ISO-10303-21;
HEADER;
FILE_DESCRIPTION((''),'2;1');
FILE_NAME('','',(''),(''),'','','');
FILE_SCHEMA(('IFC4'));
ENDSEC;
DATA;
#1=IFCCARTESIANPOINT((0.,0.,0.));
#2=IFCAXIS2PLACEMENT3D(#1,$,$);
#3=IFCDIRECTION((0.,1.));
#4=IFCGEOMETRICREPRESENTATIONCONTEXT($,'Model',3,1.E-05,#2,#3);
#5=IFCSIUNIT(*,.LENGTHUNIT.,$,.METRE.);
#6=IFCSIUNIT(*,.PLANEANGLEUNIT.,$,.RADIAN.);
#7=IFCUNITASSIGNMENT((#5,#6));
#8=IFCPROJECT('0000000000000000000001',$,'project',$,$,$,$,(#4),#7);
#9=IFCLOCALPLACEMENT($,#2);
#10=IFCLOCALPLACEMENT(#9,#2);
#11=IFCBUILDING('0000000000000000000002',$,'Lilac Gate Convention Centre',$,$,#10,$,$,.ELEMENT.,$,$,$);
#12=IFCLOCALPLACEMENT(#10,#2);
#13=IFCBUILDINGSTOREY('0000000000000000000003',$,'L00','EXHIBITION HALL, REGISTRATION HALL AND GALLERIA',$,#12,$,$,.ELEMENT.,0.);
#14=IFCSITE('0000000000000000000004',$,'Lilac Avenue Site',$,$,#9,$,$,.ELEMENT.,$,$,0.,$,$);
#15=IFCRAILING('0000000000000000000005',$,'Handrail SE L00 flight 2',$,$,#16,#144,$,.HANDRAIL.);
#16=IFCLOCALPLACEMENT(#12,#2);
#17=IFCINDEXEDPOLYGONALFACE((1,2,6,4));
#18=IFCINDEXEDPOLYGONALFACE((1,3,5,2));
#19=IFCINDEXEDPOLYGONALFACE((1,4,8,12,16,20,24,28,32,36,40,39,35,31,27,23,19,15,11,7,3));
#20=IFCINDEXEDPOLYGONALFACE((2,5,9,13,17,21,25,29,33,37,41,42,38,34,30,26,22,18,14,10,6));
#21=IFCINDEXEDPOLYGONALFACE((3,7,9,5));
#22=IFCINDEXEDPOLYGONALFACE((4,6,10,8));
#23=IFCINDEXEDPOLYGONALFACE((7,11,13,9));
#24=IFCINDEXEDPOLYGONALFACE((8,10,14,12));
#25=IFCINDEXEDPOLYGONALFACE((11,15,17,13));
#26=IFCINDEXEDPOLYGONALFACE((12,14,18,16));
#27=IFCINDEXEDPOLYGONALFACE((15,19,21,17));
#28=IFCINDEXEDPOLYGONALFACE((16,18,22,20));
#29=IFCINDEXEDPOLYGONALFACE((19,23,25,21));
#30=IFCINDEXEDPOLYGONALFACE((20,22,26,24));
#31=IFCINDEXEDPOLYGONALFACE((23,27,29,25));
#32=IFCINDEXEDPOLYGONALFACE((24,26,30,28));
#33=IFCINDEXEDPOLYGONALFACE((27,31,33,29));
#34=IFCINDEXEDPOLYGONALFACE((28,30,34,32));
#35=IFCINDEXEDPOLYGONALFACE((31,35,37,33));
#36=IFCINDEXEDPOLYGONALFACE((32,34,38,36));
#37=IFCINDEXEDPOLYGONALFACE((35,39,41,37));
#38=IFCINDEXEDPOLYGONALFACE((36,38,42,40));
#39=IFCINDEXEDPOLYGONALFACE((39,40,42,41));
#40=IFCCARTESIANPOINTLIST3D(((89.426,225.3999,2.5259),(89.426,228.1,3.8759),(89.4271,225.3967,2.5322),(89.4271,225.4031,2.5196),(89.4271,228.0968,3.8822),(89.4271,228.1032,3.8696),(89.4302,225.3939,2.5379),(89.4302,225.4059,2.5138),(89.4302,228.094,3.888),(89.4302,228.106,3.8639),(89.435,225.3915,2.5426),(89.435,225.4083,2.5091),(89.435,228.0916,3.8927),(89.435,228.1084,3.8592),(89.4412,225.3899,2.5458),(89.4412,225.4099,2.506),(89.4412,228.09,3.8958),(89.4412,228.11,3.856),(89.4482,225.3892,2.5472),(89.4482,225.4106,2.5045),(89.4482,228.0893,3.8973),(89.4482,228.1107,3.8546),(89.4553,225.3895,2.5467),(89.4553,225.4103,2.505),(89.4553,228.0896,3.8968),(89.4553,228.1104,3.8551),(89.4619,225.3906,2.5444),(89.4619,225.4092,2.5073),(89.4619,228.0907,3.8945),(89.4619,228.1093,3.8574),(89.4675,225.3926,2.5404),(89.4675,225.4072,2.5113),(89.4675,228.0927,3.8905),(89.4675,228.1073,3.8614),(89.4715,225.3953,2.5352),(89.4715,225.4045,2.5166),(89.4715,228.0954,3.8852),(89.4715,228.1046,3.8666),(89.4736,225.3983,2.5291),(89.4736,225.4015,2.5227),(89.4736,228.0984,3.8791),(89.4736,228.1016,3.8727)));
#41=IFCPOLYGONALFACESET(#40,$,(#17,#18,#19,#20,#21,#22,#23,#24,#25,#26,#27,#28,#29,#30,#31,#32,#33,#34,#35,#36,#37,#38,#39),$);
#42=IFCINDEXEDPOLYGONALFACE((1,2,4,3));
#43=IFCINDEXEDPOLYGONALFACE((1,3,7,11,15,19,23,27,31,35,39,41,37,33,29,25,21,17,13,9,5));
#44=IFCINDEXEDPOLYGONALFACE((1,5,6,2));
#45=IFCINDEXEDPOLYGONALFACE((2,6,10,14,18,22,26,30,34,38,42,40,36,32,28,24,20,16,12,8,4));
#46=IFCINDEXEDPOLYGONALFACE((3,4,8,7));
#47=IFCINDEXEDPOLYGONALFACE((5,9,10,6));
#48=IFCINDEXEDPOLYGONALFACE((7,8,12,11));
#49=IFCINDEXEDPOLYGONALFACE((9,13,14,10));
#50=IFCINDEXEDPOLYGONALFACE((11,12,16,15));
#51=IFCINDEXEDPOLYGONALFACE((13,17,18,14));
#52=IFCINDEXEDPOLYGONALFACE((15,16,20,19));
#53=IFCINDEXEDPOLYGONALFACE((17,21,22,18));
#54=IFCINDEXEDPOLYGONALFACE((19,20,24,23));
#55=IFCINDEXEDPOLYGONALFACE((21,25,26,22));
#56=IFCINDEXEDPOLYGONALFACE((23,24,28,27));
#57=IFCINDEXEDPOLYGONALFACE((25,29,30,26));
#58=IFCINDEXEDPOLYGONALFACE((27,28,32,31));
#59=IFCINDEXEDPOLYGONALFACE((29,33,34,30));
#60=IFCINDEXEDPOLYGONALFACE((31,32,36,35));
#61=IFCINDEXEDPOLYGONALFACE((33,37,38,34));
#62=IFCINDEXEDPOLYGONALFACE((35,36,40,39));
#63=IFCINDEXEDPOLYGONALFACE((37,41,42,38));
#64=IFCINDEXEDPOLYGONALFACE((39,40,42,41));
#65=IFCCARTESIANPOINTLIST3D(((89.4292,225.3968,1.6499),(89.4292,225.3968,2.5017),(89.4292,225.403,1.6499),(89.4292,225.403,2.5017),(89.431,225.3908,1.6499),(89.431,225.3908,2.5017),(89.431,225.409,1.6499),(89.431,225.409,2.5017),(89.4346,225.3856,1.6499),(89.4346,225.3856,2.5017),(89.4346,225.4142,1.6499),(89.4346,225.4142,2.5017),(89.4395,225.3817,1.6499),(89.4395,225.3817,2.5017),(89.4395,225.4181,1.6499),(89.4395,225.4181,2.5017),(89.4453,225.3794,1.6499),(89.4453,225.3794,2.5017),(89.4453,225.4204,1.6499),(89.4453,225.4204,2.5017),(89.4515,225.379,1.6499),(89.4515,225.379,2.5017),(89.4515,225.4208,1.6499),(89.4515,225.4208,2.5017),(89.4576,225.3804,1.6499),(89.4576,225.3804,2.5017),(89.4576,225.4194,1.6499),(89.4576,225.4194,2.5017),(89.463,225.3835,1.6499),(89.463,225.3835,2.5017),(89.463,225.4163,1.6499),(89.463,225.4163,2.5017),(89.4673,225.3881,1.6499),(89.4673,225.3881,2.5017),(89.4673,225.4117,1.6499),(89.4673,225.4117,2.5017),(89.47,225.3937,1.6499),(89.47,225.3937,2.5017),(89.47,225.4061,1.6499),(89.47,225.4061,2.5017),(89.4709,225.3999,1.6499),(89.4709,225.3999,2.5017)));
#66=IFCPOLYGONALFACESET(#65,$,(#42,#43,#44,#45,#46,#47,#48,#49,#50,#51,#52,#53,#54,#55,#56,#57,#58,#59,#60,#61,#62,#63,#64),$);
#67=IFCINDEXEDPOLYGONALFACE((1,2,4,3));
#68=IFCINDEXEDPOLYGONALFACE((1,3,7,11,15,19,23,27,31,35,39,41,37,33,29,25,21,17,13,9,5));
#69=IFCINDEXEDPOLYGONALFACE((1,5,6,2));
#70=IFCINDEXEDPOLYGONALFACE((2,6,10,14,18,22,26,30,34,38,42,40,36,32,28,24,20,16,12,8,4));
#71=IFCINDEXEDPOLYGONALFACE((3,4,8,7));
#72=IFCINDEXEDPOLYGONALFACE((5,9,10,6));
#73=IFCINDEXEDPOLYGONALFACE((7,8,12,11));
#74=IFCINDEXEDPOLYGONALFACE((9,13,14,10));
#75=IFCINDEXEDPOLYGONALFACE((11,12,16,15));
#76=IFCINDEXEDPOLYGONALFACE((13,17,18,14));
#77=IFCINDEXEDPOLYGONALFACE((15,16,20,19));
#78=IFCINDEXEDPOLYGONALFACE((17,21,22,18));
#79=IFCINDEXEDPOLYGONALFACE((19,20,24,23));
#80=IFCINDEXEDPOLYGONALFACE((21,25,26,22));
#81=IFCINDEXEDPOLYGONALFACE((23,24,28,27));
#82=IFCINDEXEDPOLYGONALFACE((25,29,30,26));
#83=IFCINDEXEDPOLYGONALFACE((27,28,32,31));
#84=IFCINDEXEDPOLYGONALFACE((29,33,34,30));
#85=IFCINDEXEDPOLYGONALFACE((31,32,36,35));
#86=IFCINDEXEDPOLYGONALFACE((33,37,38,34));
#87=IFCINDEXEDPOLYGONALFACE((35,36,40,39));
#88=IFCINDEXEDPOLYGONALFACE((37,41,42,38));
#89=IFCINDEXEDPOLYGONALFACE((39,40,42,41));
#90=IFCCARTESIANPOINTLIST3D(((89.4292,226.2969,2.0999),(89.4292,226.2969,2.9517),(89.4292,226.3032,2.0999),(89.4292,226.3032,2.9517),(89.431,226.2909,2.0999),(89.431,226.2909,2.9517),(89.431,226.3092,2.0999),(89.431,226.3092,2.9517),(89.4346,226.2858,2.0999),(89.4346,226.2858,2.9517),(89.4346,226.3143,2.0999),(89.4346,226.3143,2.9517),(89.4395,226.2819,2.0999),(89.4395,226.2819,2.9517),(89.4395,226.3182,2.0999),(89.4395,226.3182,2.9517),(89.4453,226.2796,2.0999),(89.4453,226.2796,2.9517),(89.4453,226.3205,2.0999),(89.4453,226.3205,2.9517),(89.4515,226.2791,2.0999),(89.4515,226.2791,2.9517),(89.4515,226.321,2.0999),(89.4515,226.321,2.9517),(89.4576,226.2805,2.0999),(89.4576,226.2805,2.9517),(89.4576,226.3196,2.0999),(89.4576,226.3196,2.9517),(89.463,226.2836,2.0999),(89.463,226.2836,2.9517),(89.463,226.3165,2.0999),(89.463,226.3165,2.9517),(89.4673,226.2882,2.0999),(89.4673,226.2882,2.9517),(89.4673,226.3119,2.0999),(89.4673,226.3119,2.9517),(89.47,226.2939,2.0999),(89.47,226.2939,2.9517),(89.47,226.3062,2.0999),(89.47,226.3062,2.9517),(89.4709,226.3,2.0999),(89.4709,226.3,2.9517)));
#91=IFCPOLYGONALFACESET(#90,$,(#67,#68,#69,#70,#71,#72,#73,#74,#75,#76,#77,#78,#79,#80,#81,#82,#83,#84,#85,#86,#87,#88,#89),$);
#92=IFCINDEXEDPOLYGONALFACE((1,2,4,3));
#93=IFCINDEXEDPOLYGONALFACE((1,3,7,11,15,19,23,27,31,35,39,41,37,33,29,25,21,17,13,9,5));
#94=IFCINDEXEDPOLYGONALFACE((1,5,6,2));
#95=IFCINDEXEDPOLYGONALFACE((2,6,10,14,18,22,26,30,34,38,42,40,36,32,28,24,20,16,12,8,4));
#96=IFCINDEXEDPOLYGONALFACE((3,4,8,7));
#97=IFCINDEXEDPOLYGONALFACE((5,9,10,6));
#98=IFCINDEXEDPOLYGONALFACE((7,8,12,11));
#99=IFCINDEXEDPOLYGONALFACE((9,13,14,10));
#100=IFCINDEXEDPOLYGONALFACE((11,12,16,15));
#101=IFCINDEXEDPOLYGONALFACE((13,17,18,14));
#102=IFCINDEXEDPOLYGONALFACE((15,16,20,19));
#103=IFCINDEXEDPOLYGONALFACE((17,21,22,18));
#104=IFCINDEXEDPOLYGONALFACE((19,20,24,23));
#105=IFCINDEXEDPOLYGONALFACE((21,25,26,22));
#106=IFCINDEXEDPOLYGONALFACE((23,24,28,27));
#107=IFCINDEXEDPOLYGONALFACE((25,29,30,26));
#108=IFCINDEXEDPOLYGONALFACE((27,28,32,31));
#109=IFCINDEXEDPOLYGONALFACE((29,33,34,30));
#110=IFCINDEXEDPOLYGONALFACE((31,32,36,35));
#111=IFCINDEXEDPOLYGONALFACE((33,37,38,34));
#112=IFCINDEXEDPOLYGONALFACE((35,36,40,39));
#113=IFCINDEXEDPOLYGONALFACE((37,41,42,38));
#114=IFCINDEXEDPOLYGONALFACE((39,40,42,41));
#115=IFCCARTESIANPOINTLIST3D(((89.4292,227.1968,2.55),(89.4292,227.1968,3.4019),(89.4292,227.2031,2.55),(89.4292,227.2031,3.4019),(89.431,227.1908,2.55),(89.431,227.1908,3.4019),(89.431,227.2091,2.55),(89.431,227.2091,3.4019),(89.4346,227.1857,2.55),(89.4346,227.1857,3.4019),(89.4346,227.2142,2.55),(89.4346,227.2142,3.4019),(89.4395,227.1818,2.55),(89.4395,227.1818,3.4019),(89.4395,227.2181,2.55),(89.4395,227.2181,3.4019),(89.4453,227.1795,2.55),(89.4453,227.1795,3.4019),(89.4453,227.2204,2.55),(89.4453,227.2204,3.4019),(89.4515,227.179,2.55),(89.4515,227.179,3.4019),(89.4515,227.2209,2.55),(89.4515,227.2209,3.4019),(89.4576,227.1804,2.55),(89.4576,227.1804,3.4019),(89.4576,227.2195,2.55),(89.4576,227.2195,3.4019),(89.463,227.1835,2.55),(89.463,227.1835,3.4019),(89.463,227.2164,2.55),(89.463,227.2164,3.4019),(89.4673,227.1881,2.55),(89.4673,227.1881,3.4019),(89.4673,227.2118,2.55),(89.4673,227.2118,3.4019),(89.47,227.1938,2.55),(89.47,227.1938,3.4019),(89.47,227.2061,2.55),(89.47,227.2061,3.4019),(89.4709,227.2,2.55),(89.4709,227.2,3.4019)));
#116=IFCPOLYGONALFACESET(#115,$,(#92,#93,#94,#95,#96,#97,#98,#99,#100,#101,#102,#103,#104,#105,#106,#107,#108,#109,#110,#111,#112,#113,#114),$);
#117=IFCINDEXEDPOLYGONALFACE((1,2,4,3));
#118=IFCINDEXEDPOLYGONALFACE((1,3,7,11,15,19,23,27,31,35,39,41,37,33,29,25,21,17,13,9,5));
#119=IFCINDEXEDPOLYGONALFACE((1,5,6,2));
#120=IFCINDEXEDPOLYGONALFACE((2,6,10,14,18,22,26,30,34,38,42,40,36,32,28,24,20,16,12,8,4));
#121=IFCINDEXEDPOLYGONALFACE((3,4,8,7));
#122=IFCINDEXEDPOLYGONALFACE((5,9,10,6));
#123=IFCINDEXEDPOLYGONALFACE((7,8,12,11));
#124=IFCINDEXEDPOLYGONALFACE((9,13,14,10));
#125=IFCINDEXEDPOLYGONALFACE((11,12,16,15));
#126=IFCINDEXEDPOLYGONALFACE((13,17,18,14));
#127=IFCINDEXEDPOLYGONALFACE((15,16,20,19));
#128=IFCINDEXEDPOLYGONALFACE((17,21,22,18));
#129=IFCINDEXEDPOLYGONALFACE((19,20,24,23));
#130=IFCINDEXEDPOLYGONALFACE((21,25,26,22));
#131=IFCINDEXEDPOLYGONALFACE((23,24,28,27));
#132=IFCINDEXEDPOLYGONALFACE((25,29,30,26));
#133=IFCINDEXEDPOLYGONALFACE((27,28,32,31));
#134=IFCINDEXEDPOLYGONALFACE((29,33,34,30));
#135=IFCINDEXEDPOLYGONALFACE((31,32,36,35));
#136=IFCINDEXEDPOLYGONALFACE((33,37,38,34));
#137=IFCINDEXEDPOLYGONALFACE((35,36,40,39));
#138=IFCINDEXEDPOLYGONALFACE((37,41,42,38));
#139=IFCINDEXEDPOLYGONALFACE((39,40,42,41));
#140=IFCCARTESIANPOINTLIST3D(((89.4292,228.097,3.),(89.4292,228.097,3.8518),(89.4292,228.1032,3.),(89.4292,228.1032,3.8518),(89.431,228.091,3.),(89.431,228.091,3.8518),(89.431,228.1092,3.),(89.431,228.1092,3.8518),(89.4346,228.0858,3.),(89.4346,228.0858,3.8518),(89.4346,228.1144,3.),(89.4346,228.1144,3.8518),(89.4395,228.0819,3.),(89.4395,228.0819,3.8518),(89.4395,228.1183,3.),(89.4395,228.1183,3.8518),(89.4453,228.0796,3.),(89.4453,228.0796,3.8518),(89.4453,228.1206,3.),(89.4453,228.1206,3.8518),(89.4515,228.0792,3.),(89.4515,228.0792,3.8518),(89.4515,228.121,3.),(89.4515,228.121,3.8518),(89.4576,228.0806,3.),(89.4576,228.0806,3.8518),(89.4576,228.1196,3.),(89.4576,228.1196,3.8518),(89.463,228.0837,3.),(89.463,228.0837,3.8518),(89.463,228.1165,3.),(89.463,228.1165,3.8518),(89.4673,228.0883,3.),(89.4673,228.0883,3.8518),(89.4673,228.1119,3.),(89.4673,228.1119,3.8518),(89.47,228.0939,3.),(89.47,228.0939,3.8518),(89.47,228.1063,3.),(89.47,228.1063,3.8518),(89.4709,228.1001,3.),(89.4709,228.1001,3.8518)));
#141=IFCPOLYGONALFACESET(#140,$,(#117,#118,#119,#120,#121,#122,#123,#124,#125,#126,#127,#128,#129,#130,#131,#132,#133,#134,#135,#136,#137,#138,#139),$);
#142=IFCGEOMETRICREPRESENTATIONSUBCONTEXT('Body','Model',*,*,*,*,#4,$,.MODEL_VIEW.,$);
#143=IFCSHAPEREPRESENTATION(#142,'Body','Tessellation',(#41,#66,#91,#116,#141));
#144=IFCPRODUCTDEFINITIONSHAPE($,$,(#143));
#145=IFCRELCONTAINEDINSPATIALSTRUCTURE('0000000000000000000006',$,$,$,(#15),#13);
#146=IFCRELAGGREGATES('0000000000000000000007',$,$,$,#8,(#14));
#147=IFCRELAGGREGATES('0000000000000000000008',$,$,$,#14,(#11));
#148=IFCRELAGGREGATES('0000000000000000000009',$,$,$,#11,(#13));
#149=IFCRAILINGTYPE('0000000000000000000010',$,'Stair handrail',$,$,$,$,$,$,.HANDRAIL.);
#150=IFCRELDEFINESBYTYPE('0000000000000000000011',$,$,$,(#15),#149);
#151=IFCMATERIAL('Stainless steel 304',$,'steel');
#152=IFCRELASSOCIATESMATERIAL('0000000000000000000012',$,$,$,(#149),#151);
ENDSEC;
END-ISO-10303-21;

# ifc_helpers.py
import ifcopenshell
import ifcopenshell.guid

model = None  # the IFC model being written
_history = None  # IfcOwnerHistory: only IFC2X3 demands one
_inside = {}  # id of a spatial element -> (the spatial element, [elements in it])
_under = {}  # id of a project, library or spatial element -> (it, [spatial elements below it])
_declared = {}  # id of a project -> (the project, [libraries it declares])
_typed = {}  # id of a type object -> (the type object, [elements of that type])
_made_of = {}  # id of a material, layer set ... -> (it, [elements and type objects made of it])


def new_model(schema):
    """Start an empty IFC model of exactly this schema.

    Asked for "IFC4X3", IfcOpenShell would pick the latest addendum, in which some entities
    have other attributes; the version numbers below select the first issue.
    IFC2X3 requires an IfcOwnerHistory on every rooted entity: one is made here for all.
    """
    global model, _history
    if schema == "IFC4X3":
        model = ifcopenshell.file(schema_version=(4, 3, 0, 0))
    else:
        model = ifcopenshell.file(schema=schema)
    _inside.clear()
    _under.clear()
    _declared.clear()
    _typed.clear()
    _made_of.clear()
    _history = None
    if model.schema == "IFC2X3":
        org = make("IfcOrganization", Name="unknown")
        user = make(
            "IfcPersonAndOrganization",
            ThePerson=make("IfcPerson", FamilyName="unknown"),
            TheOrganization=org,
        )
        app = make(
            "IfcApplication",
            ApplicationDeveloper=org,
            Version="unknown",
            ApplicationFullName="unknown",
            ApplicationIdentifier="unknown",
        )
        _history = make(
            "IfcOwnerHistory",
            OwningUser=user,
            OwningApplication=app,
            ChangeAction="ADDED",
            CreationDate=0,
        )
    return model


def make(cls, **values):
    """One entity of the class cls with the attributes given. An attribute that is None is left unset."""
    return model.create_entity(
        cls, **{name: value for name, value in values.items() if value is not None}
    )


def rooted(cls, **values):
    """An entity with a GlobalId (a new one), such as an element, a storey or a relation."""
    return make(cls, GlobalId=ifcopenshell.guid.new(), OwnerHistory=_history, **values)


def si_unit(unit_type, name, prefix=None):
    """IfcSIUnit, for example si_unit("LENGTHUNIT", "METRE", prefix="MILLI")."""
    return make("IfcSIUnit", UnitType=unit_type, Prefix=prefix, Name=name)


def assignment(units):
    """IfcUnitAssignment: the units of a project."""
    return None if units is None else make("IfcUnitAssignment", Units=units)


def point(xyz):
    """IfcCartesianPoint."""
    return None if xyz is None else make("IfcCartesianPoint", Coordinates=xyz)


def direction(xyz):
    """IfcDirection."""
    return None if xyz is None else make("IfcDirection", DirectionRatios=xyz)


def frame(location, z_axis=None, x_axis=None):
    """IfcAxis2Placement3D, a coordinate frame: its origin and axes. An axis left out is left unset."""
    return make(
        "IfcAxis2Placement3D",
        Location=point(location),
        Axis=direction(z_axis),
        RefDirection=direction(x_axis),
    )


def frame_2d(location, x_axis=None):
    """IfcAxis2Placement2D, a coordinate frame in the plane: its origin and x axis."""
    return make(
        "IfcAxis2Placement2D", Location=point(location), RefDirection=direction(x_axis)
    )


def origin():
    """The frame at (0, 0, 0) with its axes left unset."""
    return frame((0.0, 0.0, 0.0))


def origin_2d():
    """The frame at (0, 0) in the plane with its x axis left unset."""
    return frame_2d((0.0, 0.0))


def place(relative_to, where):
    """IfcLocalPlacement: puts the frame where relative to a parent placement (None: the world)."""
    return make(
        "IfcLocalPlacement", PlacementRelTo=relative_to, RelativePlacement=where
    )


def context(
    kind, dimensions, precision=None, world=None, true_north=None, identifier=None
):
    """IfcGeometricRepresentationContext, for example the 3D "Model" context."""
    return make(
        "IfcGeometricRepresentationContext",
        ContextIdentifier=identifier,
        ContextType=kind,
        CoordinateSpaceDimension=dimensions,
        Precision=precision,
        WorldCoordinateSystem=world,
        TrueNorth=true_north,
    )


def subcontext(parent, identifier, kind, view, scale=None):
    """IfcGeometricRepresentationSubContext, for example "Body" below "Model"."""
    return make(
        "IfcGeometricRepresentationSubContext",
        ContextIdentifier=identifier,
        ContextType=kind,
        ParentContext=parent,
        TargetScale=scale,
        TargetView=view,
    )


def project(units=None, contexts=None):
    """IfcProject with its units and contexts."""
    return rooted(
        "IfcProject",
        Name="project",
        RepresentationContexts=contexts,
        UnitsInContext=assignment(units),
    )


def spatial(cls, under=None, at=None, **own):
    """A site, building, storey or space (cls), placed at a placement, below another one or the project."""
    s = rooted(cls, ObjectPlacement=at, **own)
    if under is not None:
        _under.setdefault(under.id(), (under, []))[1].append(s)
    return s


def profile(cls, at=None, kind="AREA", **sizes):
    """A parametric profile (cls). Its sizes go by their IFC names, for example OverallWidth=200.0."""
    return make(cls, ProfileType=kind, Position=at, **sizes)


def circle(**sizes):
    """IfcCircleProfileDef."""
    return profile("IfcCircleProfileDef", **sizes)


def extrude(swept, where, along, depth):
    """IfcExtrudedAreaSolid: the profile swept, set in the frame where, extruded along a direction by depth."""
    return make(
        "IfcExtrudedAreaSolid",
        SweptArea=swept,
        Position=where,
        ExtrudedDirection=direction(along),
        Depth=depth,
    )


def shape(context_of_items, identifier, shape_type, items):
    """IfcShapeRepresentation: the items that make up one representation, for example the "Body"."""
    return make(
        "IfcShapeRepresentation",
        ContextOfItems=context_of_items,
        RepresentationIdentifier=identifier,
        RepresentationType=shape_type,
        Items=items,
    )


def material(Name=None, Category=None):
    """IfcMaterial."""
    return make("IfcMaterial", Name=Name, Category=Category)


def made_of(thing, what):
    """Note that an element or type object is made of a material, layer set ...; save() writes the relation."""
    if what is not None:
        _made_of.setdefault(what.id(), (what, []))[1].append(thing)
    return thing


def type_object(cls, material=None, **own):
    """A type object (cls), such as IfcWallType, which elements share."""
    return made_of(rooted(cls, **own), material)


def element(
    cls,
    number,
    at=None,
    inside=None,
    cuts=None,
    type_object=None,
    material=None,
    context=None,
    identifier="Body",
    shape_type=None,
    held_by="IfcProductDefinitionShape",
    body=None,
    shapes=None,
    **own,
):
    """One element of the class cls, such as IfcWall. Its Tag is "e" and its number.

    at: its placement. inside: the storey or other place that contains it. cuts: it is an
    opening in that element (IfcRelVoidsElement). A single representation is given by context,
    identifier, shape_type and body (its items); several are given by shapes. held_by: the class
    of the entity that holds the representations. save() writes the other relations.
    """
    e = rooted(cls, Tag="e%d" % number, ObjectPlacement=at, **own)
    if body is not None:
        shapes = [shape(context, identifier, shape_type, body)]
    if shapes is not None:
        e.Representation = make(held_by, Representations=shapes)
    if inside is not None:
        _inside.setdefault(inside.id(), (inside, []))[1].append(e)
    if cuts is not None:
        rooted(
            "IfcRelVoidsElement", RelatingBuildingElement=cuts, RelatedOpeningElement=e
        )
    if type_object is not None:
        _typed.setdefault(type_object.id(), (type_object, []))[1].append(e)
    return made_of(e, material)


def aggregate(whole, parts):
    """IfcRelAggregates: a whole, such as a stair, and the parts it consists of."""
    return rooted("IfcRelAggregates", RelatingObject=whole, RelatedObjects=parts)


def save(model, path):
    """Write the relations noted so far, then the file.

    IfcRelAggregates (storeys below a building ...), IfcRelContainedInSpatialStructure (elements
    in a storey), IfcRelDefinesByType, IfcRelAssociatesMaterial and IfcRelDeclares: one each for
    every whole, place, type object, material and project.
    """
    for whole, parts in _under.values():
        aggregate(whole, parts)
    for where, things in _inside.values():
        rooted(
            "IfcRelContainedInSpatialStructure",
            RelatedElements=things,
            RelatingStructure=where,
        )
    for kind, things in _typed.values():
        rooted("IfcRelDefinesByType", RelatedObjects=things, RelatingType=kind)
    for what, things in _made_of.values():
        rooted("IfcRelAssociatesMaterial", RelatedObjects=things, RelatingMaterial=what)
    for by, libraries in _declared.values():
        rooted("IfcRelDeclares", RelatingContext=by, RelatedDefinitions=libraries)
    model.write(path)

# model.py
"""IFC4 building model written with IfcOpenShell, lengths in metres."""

from ifc_helpers import new_model, si_unit, direction, frame, origin, origin_2d, place, context, subcontext, project, spatial, circle, extrude, material, type_object, element, save


model = new_model("IFC4")

# Units and contexts
model_context = context("Model", 3, precision=1e-05, world=origin(), true_north=direction((0.0, 1.0)))
body_context = subcontext(model_context, "Body", "Model", "MODEL_VIEW")
ifc_project = project(units=[si_unit("LENGTHUNIT", "METRE"), si_unit("PLANEANGLEUNIT", "RADIAN")], contexts=[model_context])

# Site, building, storey
site_placement = place(None, origin())
site = spatial("IfcSite", under=ifc_project, at=site_placement, Name="Lilac Avenue Site", CompositionType="ELEMENT", RefElevation=0.0)
building_placement = place(site_placement, origin())
building = spatial("IfcBuilding", under=site, at=building_placement, Name="Lilac Gate Convention Centre", CompositionType="ELEMENT")
storey_placement = place(building_placement, origin())
storey = spatial("IfcBuildingStorey", under=building, at=storey_placement, Name="L00", Description="EXHIBITION HALL, REGISTRATION HALL AND GALLERIA", CompositionType="ELEMENT", Elevation=0.0)

# Railing
ifc_material_1 = material(Name="Stainless steel 304", Category="steel")
railing_type = type_object("IfcRailingType", Name="Stair handrail", PredefinedType="HANDRAIL", material=ifc_material_1)
for number, where, name in (
    (1, (89.45, 225.3999, 1.6499), "Handrail SE L00 flight 2"),
):
    element("IfcRailing", number, at=place(storey_placement, frame(where)), inside=storey, type_object=railing_type, Name=name, PredefinedType="HANDRAIL", context=body_context, shape_type="SweptSolid", body=[
        extrude(circle(Radius=0.0239, at=origin_2d()), frame((0.0, 0.0, 0.876), z_axis=(0.0, 0.894427, 0.447214), x_axis=(-1.0, 0.0, 0.0)), (0.0, 0.0, 1.0), 3.0188),
        extrude(circle(Radius=0.021, at=origin_2d()), origin(), (0.0, 0.0, 1.0), 0.8518),
        extrude(circle(Radius=0.021, at=origin_2d()), frame((0.0, 0.9001, 0.45)), (0.0, 0.0, 1.0), 0.8518),
        extrude(circle(Radius=0.021, at=origin_2d()), frame((0.0, 1.8, 0.9001)), (0.0, 0.0, 1.0), 0.8518),
        extrude(circle(Radius=0.021, at=origin_2d()), frame((0.0, 2.7002, 1.3501)), (0.0, 0.0, 1.0), 0.8518),
    ])

save(model, "model.ifc")
